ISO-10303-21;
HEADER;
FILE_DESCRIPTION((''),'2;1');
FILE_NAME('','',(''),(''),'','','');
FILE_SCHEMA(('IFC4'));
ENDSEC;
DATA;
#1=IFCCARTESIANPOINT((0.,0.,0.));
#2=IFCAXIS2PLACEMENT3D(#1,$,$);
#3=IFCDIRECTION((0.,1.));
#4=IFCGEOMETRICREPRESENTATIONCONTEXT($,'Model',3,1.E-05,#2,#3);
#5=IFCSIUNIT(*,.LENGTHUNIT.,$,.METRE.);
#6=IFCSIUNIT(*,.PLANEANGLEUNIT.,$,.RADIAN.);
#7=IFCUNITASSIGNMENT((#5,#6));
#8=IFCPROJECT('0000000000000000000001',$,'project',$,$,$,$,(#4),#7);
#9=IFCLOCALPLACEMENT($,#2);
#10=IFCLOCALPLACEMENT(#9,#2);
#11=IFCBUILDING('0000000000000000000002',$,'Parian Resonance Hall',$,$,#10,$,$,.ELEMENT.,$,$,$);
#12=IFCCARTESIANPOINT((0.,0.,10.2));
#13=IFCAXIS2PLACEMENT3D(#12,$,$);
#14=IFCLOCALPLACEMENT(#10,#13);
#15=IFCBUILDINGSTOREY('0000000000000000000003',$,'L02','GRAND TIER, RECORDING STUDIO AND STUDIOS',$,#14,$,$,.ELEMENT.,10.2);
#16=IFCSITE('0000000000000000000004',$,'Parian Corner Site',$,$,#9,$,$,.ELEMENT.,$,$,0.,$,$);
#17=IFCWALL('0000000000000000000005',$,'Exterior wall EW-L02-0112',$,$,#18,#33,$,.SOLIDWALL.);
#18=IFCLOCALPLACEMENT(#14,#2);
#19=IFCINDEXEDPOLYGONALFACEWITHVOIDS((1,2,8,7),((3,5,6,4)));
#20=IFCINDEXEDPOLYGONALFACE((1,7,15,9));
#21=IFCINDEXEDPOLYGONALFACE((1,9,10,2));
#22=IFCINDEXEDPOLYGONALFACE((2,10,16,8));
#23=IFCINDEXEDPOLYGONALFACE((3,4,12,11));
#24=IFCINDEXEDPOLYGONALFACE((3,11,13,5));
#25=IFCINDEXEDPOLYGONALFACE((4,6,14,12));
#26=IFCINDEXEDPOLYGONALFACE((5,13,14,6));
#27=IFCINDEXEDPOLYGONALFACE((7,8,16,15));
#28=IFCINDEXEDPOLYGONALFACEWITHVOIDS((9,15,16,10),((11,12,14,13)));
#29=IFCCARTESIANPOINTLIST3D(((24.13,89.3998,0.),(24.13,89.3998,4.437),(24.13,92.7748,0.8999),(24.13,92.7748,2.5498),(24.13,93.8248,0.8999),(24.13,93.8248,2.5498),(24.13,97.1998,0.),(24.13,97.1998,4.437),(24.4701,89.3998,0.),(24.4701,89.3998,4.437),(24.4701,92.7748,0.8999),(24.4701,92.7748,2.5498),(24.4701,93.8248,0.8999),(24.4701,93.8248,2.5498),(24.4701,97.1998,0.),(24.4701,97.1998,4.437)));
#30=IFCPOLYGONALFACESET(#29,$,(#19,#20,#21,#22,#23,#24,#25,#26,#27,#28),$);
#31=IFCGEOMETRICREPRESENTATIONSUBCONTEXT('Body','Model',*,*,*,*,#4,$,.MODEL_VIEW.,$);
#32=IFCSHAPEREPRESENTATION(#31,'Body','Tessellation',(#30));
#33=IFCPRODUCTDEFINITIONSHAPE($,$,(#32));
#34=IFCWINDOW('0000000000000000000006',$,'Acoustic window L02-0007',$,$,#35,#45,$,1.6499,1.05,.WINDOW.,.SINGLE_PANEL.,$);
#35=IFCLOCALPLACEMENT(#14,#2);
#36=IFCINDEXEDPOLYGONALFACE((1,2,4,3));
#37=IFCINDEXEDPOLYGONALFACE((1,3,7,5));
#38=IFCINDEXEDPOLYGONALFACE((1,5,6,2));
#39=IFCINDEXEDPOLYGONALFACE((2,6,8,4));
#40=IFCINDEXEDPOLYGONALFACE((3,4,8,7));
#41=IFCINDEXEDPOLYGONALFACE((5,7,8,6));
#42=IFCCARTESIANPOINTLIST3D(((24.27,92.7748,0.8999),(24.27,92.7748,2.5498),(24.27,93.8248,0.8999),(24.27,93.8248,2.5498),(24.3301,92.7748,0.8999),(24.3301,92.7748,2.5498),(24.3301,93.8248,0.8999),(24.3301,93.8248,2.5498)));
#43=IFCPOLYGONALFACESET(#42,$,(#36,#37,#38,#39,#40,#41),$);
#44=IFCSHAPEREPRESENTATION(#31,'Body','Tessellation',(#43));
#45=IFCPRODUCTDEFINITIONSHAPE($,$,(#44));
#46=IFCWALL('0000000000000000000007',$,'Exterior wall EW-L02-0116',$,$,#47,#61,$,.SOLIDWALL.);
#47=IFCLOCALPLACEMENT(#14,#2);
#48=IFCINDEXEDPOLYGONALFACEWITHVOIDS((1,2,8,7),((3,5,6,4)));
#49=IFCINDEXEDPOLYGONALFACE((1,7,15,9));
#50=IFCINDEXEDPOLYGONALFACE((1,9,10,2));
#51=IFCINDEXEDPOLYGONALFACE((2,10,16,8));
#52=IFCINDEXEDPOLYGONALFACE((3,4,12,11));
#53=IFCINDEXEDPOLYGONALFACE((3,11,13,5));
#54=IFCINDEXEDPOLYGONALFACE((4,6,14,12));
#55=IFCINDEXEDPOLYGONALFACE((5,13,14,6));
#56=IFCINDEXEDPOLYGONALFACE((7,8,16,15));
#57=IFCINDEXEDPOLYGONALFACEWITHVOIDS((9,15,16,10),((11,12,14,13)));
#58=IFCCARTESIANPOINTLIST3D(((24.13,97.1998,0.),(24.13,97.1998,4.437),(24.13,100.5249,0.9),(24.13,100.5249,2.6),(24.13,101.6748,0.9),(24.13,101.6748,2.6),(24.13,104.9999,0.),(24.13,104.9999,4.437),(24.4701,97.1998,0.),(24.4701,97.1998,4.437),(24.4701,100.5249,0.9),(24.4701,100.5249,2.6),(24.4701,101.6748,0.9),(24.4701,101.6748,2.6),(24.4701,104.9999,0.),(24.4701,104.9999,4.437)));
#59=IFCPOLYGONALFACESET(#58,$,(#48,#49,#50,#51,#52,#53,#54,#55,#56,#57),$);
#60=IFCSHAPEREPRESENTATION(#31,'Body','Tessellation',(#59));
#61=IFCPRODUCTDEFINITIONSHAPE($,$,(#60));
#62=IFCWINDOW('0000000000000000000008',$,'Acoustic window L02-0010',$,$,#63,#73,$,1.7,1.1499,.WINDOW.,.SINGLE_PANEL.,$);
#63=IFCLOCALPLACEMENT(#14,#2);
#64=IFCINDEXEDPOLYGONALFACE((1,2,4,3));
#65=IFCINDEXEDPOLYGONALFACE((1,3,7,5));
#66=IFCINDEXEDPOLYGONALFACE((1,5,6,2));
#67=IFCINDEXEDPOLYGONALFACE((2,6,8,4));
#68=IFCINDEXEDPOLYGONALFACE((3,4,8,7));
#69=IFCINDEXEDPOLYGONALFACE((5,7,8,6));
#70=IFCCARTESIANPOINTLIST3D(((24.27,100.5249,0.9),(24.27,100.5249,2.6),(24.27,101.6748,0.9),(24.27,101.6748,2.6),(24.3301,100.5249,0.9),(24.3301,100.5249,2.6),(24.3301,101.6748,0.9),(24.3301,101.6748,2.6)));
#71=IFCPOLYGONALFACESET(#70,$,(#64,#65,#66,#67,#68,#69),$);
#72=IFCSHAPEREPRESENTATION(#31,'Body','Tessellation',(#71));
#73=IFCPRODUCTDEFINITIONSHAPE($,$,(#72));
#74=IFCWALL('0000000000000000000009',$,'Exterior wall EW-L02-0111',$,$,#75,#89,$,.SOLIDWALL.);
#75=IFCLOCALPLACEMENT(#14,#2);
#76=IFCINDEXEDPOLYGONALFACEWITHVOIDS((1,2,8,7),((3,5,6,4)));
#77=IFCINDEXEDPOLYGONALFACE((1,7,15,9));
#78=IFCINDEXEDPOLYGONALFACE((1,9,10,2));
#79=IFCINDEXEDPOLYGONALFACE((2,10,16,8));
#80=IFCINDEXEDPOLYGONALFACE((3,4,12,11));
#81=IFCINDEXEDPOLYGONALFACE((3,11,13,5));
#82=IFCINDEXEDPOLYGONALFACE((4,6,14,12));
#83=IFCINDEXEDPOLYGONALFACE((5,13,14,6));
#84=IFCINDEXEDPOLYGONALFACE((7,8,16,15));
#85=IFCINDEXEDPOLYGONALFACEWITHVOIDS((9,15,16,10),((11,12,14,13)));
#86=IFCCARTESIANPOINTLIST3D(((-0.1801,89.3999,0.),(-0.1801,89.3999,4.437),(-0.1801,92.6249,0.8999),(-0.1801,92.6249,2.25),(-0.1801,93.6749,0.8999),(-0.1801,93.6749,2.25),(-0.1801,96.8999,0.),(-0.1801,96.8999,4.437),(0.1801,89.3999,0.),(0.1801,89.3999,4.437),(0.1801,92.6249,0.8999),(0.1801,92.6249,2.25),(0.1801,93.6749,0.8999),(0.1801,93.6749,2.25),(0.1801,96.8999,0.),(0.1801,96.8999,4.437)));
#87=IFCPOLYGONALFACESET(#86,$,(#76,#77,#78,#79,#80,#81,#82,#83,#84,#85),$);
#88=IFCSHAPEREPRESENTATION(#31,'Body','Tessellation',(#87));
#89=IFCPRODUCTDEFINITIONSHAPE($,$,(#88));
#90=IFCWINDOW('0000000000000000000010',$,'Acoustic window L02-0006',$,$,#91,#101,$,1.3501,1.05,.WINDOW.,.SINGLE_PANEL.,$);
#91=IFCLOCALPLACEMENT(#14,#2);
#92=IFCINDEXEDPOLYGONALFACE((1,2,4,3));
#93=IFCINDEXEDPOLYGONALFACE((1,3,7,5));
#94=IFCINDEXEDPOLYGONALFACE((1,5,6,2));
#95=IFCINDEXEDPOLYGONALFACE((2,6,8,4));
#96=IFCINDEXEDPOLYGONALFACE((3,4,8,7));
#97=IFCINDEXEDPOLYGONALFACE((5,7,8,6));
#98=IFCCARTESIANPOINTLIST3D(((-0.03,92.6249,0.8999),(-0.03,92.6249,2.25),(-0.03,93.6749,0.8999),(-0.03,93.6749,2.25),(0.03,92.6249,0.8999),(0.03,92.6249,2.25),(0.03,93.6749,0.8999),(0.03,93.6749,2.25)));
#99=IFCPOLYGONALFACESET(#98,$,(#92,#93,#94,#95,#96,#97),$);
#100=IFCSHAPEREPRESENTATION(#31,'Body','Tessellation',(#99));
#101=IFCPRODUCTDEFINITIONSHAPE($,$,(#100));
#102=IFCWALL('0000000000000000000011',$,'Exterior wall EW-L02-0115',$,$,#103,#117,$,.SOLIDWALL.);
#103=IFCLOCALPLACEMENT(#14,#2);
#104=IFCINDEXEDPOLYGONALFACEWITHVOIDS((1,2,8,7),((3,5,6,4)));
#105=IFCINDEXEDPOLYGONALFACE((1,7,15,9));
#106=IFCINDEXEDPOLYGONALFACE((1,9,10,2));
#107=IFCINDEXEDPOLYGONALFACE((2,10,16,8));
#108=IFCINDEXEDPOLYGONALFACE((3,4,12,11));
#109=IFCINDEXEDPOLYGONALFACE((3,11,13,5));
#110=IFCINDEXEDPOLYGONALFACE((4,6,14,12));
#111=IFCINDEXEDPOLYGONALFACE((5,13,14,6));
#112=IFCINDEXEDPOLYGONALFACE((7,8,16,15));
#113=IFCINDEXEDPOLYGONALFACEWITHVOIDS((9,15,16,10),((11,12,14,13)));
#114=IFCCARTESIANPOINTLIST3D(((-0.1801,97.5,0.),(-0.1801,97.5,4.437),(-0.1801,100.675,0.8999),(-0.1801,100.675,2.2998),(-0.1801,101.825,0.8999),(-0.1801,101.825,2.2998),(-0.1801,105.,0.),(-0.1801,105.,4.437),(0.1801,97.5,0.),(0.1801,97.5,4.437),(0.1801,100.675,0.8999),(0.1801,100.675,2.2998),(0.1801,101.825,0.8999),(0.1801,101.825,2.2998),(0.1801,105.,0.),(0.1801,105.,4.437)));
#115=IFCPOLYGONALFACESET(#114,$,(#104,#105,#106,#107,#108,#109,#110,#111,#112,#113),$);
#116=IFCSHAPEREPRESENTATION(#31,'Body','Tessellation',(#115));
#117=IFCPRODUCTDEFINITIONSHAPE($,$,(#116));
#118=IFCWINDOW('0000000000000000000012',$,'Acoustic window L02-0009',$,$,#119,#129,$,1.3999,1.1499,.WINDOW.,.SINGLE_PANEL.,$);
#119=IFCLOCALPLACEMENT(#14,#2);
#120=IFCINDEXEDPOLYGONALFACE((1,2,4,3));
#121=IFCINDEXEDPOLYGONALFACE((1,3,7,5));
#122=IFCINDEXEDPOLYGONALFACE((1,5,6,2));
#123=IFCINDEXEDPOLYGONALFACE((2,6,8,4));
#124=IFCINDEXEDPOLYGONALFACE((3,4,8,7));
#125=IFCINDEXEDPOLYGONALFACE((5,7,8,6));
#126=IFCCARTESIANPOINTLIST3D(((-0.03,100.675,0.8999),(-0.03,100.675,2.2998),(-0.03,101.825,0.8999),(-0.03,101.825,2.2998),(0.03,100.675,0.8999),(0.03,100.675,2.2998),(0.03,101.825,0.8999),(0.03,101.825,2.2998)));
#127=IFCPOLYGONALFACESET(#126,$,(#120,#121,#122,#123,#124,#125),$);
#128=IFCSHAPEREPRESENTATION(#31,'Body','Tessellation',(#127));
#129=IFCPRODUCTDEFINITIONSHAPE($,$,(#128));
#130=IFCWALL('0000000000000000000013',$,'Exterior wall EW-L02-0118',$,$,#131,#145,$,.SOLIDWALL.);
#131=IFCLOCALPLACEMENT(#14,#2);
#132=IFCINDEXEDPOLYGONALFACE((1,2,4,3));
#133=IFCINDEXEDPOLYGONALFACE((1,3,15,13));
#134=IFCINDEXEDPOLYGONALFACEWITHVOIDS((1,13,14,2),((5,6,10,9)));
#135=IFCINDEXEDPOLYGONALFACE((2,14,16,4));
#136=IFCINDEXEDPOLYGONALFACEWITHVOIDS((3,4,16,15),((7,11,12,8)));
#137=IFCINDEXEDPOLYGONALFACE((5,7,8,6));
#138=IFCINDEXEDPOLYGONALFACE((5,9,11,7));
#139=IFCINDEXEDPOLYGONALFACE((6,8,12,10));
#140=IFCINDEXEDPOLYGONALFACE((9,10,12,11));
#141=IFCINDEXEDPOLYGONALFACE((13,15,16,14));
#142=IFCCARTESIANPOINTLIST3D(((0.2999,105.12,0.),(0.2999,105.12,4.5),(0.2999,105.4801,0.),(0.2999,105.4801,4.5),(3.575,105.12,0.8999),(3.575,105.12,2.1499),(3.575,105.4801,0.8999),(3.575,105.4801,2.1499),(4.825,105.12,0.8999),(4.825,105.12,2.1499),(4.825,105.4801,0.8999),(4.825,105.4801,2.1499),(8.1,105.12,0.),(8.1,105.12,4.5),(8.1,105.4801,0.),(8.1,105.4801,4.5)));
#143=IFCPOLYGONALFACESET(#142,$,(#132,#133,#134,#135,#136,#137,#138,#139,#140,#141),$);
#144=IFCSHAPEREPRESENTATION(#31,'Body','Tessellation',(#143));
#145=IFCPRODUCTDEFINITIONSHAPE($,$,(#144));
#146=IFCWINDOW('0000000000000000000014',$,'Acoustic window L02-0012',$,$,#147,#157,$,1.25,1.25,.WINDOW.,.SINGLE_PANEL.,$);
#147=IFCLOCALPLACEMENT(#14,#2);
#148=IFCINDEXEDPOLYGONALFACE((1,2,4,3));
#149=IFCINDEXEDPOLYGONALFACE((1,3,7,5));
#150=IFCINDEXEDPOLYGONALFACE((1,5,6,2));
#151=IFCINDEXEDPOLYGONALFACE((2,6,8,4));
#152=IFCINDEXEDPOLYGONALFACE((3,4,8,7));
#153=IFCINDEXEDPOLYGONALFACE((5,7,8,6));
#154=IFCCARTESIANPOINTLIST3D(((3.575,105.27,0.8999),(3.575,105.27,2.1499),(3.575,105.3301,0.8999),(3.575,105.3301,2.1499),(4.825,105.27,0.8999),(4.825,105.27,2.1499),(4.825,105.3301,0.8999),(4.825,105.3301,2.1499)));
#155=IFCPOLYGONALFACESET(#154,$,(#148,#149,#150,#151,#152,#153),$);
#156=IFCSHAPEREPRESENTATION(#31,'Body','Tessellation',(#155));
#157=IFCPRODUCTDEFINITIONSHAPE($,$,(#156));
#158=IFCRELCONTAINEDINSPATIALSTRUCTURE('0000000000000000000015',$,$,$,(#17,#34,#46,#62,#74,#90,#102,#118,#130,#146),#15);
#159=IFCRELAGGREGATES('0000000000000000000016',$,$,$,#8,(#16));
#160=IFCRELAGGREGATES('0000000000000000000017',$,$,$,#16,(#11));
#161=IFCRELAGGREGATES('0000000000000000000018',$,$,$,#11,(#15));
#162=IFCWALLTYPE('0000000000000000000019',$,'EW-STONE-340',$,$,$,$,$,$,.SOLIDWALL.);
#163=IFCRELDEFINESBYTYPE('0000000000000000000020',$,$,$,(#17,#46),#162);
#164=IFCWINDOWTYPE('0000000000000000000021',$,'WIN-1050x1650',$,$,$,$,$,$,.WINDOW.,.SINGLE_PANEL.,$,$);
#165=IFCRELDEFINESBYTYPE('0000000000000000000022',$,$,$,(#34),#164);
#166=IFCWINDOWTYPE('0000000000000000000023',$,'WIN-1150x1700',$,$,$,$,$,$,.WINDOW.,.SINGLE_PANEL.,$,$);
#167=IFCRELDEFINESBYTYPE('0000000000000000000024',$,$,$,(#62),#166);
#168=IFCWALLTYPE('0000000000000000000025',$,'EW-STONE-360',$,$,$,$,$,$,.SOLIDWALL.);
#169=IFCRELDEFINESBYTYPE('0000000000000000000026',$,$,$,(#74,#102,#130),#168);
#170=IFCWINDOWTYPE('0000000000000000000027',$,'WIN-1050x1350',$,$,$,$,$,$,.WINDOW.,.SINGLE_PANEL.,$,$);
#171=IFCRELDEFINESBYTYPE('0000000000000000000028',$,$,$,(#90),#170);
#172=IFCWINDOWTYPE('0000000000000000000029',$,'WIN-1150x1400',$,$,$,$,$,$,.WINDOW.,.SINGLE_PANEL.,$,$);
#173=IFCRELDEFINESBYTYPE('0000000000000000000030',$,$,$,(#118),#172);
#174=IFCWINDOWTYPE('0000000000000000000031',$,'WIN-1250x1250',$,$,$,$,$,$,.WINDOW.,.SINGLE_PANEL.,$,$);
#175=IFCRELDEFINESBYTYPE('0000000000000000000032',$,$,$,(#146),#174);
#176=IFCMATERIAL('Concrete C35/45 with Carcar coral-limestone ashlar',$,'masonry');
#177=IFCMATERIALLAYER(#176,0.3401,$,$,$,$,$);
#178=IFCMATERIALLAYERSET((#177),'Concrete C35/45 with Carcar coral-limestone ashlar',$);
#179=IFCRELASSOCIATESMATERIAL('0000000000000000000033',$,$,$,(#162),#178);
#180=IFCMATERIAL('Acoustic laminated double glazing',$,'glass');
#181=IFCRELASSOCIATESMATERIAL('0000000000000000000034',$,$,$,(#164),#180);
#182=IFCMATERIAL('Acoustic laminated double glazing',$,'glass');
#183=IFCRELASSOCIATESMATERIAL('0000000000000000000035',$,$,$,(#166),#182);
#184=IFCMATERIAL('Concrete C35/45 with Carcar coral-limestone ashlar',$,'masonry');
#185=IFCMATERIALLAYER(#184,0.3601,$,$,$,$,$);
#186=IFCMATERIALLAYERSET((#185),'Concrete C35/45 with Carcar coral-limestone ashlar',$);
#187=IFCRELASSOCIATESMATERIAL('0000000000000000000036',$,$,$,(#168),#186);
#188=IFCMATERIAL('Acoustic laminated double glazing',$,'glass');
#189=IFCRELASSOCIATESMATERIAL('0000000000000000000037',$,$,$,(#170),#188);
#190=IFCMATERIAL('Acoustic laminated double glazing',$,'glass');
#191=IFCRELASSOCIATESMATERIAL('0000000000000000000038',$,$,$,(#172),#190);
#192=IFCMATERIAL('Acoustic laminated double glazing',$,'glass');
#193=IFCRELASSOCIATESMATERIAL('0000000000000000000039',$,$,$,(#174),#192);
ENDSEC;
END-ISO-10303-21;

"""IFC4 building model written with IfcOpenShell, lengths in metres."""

from ifc_helpers import new_model, si_unit, direction, frame, frame_2d, origin, place, context, subcontext, project, spatial, rectangle, extrude, material, layer, layer_set, type_object, element, fill, save


model = new_model("IFC4")

# Units and contexts
model_context = context("Model", 3, precision=1e-05, world=origin(), true_north=direction((0.0, 1.0)))
body_context = subcontext(model_context, "Body", "Model", "MODEL_VIEW")
ifc_project = project(units=[si_unit("LENGTHUNIT", "METRE"), si_unit("PLANEANGLEUNIT", "RADIAN")], contexts=[model_context])

# Site, building, storey
site_placement = place(None, origin())
site = spatial("IfcSite", under=ifc_project, at=site_placement, Name="Parian Corner Site", CompositionType="ELEMENT", RefElevation=0.0)
building_placement = place(site_placement, origin())
building = spatial("IfcBuilding", under=site, at=building_placement, Name="Parian Resonance Hall", CompositionType="ELEMENT")
storey_placement = place(building_placement, frame((0.0, 0.0, 10.2)))
storey = spatial("IfcBuildingStorey", under=building, at=storey_placement, Name="L02", Description="GRAND TIER, RECORDING STUDIO AND STUDIOS", CompositionType="ELEMENT", Elevation=10.2)

# Walls, openings, windows
ifc_material_1 = material(Name="Concrete C35/45 with Carcar coral-limestone ashlar", Category="masonry")
ifc_layer_1 = layer(ifc_material_1, 0.3401)
ifc_layer_set_1 = layer_set([ifc_layer_1], Name="Concrete C35/45 with Carcar coral-limestone ashlar")
wall_type_1 = type_object("IfcWallType", Name="EW-STONE-340", PredefinedType="SOLIDWALL", material=ifc_layer_set_1)
wall_1_placement = place(storey_placement, frame((24.3, 89.3999, 0.0), z_axis=(0.0, 0.0, 1.0), x_axis=(0.0, 1.0, 0.0)))
wall_1 = element("IfcWall", 1, at=wall_1_placement, inside=storey, type_object=wall_type_1, Name="Exterior wall EW-L02-0112", PredefinedType="SOLIDWALL", context=body_context, shape_type="SweptSolid", body=[
    extrude(rectangle(XDim=7.8, YDim=0.3401, at=frame_2d((3.8999, 0.0))), origin(), (0.0, 0.0, 1.0), 4.437),
])
opening_1_placement = place(wall_1_placement, frame((3.375, 0.0, 0.8999)))
opening_1 = element("IfcOpeningElement", 2, at=opening_1_placement, cuts=wall_1, PredefinedType="OPENING", context=body_context, shape_type="SweptSolid", body=[
    extrude(rectangle(XDim=1.05, YDim=1.6499, at=frame_2d((0.5249, 0.825))), frame((0.0, 0.1799, 0.0), z_axis=(0.0, -1.0, 0.0), x_axis=(1.0, 0.0, 0.0)), (0.0, 0.0, 1.0), 0.3601),
])
ifc_material_2 = material(Name="Acoustic laminated double glazing", Category="glass")
window_type_1 = type_object("IfcWindowType", Name="WIN-1050x1650", PartitioningType="SINGLE_PANEL", PredefinedType="WINDOW", material=ifc_material_2)
window_1_placement = place(opening_1_placement, origin())
window_1 = element("IfcWindow", 3, at=window_1_placement, inside=storey, type_object=window_type_1, Name="Acoustic window L02-0007", OverallHeight=1.6499, OverallWidth=1.05, PartitioningType="SINGLE_PANEL", PredefinedType="WINDOW", context=body_context, shape_type="SweptSolid", body=[
    extrude(rectangle(XDim=1.05, YDim=1.6499, at=frame_2d((0.5249, 0.825))), frame((0.0, 0.03, 0.0), z_axis=(0.0, -1.0, 0.0), x_axis=(1.0, 0.0, 0.0)), (0.0, 0.0, 1.0), 0.0601),
])
fill(opening_1, window_1)
wall_2_placement = place(storey_placement, frame((24.3, 97.2, 0.0), z_axis=(0.0, 0.0, 1.0), x_axis=(0.0, 1.0, 0.0)))
wall_2 = element("IfcWall", 4, at=wall_2_placement, inside=storey, type_object=wall_type_1, Name="Exterior wall EW-L02-0116", PredefinedType="SOLIDWALL", context=body_context, shape_type="SweptSolid", body=[
    extrude(rectangle(XDim=7.8, YDim=0.3401, at=frame_2d((3.8999, 0.0))), origin(), (0.0, 0.0, 1.0), 4.437),
])
opening_2_placement = place(wall_2_placement, frame((3.325, 0.0, 0.8999)))
opening_2 = element("IfcOpeningElement", 5, at=opening_2_placement, cuts=wall_2, PredefinedType="OPENING", context=body_context, shape_type="SweptSolid", body=[
    extrude(rectangle(XDim=1.1499, YDim=1.7, at=frame_2d((0.575, 0.8501))), frame((0.0, 0.1799, 0.0), z_axis=(0.0, -1.0, 0.0), x_axis=(1.0, 0.0, 0.0)), (0.0, 0.0, 1.0), 0.3601),
])
ifc_material_3 = material(Name="Acoustic laminated double glazing", Category="glass")
window_type_2 = type_object("IfcWindowType", Name="WIN-1150x1700", PartitioningType="SINGLE_PANEL", PredefinedType="WINDOW", material=ifc_material_3)
window_2_placement = place(opening_2_placement, origin())
window_2 = element("IfcWindow", 6, at=window_2_placement, inside=storey, type_object=window_type_2, Name="Acoustic window L02-0010", OverallHeight=1.7, OverallWidth=1.1499, PartitioningType="SINGLE_PANEL", PredefinedType="WINDOW", context=body_context, shape_type="SweptSolid", body=[
    extrude(rectangle(XDim=1.1499, YDim=1.7, at=frame_2d((0.575, 0.8501))), frame((0.0, 0.03, 0.0), z_axis=(0.0, -1.0, 0.0), x_axis=(1.0, 0.0, 0.0)), (0.0, 0.0, 1.0), 0.0601),
])
fill(opening_2, window_2)
ifc_material_4 = material(Name="Concrete C35/45 with Carcar coral-limestone ashlar", Category="masonry")
ifc_layer_2 = layer(ifc_material_4, 0.3601)
ifc_layer_set_2 = layer_set([ifc_layer_2], Name="Concrete C35/45 with Carcar coral-limestone ashlar")
wall_type_2 = type_object("IfcWallType", Name="EW-STONE-360", PredefinedType="SOLIDWALL", material=ifc_layer_set_2)
wall_3_placement = place(storey_placement, frame((0.0, 89.3999, 0.0), z_axis=(0.0, 0.0, 1.0), x_axis=(0.0, 1.0, 0.0)))
wall_3 = element("IfcWall", 7, at=wall_3_placement, inside=storey, type_object=wall_type_2, Name="Exterior wall EW-L02-0111", PredefinedType="SOLIDWALL", context=body_context, shape_type="SweptSolid", body=[
    extrude(rectangle(XDim=7.5, YDim=0.3601, at=frame_2d((3.75, 0.0))), origin(), (0.0, 0.0, 1.0), 4.437),
])
opening_3_placement = place(wall_3_placement, frame((3.2251, 0.0, 0.8999)))
opening_3 = element("IfcOpeningElement", 8, at=opening_3_placement, cuts=wall_3, PredefinedType="OPENING", context=body_context, shape_type="SweptSolid", body=[
    extrude(rectangle(XDim=1.05, YDim=1.3501, at=frame_2d((0.5249, 0.675))), frame((0.0, 0.1899, 0.0), z_axis=(0.0, -1.0, 0.0), x_axis=(1.0, 0.0, 0.0)), (0.0, 0.0, 1.0), 0.3801),
])
ifc_material_5 = material(Name="Acoustic laminated double glazing", Category="glass")
window_type_3 = type_object("IfcWindowType", Name="WIN-1050x1350", PartitioningType="SINGLE_PANEL", PredefinedType="WINDOW", material=ifc_material_5)
window_3_placement = place(opening_3_placement, origin())
window_3 = element("IfcWindow", 9, at=window_3_placement, inside=storey, type_object=window_type_3, Name="Acoustic window L02-0006", OverallHeight=1.3501, OverallWidth=1.05, PartitioningType="SINGLE_PANEL", PredefinedType="WINDOW", context=body_context, shape_type="SweptSolid", body=[
    extrude(rectangle(XDim=1.05, YDim=1.3501, at=frame_2d((0.5249, 0.675))), frame((0.0, 0.03, 0.0), z_axis=(0.0, -1.0, 0.0), x_axis=(1.0, 0.0, 0.0)), (0.0, 0.0, 1.0), 0.0601),
])
fill(opening_3, window_3)
wall_4_placement = place(storey_placement, frame((0.0, 97.5, 0.0), z_axis=(0.0, 0.0, 1.0), x_axis=(0.0, 1.0, 0.0)))
wall_4 = element("IfcWall", 10, at=wall_4_placement, inside=storey, type_object=wall_type_2, Name="Exterior wall EW-L02-0115", PredefinedType="SOLIDWALL", context=body_context, shape_type="SweptSolid", body=[
    extrude(rectangle(XDim=7.5, YDim=0.3601, at=frame_2d((3.75, 0.0))), origin(), (0.0, 0.0, 1.0), 4.437),
])
opening_4_placement = place(wall_4_placement, frame((3.175, 0.0, 0.8999)))
opening_4 = element("IfcOpeningElement", 11, at=opening_4_placement, cuts=wall_4, PredefinedType="OPENING", context=body_context, shape_type="SweptSolid", body=[
    extrude(rectangle(XDim=1.1499, YDim=1.3999, at=frame_2d((0.575, 0.7))), frame((0.0, 0.1899, 0.0), z_axis=(0.0, -1.0, 0.0), x_axis=(1.0, 0.0, 0.0)), (0.0, 0.0, 1.0), 0.3801),
])
ifc_material_6 = material(Name="Acoustic laminated double glazing", Category="glass")
window_type_4 = type_object("IfcWindowType", Name="WIN-1150x1400", PartitioningType="SINGLE_PANEL", PredefinedType="WINDOW", material=ifc_material_6)
window_4_placement = place(opening_4_placement, origin())
window_4 = element("IfcWindow", 12, at=window_4_placement, inside=storey, type_object=window_type_4, Name="Acoustic window L02-0009", OverallHeight=1.3999, OverallWidth=1.1499, PartitioningType="SINGLE_PANEL", PredefinedType="WINDOW", context=body_context, shape_type="SweptSolid", body=[
    extrude(rectangle(XDim=1.1499, YDim=1.3999, at=frame_2d((0.575, 0.7))), frame((0.0, 0.03, 0.0), z_axis=(0.0, -1.0, 0.0), x_axis=(1.0, 0.0, 0.0)), (0.0, 0.0, 1.0), 0.0601),
])
fill(opening_4, window_4)
wall_5_placement = place(storey_placement, frame((0.3, 105.3, 0.0), z_axis=(0.0, 0.0, 1.0), x_axis=(1.0, 0.0, 0.0)))
wall_5 = element("IfcWall", 13, at=wall_5_placement, inside=storey, type_object=wall_type_2, Name="Exterior wall EW-L02-0118", PredefinedType="SOLIDWALL", context=body_context, shape_type="SweptSolid", body=[
    extrude(rectangle(XDim=7.8, YDim=0.3601, at=frame_2d((3.8999, 0.0))), origin(), (0.0, 0.0, 1.0), 4.5),
])
opening_5_placement = place(wall_5_placement, frame((3.2749, 0.0, 0.8999)))
opening_5 = element("IfcOpeningElement", 14, at=opening_5_placement, cuts=wall_5, PredefinedType="OPENING", context=body_context, shape_type="SweptSolid", body=[
    extrude(rectangle(XDim=1.25, YDim=1.25, at=frame_2d((0.625, 0.625))), frame((0.0, 0.1899, 0.0), z_axis=(0.0, -1.0, 0.0), x_axis=(1.0, 0.0, 0.0)), (0.0, 0.0, 1.0), 0.3801),
])
ifc_material_7 = material(Name="Acoustic laminated double glazing", Category="glass")
window_type_5 = type_object("IfcWindowType", Name="WIN-1250x1250", PartitioningType="SINGLE_PANEL", PredefinedType="WINDOW", material=ifc_material_7)
window_5_placement = place(opening_5_placement, origin())
window_5 = element("IfcWindow", 15, at=window_5_placement, inside=storey, type_object=window_type_5, Name="Acoustic window L02-0012", OverallHeight=1.25, OverallWidth=1.25, PartitioningType="SINGLE_PANEL", PredefinedType="WINDOW", context=body_context, shape_type="SweptSolid", body=[
    extrude(rectangle(XDim=1.25, YDim=1.25, at=frame_2d((0.625, 0.625))), frame((0.0, 0.03, 0.0), z_axis=(0.0, -1.0, 0.0), x_axis=(1.0, 0.0, 0.0)), (0.0, 0.0, 1.0), 0.0601),
])
fill(opening_5, window_5)

save(model, "model.ifc")
